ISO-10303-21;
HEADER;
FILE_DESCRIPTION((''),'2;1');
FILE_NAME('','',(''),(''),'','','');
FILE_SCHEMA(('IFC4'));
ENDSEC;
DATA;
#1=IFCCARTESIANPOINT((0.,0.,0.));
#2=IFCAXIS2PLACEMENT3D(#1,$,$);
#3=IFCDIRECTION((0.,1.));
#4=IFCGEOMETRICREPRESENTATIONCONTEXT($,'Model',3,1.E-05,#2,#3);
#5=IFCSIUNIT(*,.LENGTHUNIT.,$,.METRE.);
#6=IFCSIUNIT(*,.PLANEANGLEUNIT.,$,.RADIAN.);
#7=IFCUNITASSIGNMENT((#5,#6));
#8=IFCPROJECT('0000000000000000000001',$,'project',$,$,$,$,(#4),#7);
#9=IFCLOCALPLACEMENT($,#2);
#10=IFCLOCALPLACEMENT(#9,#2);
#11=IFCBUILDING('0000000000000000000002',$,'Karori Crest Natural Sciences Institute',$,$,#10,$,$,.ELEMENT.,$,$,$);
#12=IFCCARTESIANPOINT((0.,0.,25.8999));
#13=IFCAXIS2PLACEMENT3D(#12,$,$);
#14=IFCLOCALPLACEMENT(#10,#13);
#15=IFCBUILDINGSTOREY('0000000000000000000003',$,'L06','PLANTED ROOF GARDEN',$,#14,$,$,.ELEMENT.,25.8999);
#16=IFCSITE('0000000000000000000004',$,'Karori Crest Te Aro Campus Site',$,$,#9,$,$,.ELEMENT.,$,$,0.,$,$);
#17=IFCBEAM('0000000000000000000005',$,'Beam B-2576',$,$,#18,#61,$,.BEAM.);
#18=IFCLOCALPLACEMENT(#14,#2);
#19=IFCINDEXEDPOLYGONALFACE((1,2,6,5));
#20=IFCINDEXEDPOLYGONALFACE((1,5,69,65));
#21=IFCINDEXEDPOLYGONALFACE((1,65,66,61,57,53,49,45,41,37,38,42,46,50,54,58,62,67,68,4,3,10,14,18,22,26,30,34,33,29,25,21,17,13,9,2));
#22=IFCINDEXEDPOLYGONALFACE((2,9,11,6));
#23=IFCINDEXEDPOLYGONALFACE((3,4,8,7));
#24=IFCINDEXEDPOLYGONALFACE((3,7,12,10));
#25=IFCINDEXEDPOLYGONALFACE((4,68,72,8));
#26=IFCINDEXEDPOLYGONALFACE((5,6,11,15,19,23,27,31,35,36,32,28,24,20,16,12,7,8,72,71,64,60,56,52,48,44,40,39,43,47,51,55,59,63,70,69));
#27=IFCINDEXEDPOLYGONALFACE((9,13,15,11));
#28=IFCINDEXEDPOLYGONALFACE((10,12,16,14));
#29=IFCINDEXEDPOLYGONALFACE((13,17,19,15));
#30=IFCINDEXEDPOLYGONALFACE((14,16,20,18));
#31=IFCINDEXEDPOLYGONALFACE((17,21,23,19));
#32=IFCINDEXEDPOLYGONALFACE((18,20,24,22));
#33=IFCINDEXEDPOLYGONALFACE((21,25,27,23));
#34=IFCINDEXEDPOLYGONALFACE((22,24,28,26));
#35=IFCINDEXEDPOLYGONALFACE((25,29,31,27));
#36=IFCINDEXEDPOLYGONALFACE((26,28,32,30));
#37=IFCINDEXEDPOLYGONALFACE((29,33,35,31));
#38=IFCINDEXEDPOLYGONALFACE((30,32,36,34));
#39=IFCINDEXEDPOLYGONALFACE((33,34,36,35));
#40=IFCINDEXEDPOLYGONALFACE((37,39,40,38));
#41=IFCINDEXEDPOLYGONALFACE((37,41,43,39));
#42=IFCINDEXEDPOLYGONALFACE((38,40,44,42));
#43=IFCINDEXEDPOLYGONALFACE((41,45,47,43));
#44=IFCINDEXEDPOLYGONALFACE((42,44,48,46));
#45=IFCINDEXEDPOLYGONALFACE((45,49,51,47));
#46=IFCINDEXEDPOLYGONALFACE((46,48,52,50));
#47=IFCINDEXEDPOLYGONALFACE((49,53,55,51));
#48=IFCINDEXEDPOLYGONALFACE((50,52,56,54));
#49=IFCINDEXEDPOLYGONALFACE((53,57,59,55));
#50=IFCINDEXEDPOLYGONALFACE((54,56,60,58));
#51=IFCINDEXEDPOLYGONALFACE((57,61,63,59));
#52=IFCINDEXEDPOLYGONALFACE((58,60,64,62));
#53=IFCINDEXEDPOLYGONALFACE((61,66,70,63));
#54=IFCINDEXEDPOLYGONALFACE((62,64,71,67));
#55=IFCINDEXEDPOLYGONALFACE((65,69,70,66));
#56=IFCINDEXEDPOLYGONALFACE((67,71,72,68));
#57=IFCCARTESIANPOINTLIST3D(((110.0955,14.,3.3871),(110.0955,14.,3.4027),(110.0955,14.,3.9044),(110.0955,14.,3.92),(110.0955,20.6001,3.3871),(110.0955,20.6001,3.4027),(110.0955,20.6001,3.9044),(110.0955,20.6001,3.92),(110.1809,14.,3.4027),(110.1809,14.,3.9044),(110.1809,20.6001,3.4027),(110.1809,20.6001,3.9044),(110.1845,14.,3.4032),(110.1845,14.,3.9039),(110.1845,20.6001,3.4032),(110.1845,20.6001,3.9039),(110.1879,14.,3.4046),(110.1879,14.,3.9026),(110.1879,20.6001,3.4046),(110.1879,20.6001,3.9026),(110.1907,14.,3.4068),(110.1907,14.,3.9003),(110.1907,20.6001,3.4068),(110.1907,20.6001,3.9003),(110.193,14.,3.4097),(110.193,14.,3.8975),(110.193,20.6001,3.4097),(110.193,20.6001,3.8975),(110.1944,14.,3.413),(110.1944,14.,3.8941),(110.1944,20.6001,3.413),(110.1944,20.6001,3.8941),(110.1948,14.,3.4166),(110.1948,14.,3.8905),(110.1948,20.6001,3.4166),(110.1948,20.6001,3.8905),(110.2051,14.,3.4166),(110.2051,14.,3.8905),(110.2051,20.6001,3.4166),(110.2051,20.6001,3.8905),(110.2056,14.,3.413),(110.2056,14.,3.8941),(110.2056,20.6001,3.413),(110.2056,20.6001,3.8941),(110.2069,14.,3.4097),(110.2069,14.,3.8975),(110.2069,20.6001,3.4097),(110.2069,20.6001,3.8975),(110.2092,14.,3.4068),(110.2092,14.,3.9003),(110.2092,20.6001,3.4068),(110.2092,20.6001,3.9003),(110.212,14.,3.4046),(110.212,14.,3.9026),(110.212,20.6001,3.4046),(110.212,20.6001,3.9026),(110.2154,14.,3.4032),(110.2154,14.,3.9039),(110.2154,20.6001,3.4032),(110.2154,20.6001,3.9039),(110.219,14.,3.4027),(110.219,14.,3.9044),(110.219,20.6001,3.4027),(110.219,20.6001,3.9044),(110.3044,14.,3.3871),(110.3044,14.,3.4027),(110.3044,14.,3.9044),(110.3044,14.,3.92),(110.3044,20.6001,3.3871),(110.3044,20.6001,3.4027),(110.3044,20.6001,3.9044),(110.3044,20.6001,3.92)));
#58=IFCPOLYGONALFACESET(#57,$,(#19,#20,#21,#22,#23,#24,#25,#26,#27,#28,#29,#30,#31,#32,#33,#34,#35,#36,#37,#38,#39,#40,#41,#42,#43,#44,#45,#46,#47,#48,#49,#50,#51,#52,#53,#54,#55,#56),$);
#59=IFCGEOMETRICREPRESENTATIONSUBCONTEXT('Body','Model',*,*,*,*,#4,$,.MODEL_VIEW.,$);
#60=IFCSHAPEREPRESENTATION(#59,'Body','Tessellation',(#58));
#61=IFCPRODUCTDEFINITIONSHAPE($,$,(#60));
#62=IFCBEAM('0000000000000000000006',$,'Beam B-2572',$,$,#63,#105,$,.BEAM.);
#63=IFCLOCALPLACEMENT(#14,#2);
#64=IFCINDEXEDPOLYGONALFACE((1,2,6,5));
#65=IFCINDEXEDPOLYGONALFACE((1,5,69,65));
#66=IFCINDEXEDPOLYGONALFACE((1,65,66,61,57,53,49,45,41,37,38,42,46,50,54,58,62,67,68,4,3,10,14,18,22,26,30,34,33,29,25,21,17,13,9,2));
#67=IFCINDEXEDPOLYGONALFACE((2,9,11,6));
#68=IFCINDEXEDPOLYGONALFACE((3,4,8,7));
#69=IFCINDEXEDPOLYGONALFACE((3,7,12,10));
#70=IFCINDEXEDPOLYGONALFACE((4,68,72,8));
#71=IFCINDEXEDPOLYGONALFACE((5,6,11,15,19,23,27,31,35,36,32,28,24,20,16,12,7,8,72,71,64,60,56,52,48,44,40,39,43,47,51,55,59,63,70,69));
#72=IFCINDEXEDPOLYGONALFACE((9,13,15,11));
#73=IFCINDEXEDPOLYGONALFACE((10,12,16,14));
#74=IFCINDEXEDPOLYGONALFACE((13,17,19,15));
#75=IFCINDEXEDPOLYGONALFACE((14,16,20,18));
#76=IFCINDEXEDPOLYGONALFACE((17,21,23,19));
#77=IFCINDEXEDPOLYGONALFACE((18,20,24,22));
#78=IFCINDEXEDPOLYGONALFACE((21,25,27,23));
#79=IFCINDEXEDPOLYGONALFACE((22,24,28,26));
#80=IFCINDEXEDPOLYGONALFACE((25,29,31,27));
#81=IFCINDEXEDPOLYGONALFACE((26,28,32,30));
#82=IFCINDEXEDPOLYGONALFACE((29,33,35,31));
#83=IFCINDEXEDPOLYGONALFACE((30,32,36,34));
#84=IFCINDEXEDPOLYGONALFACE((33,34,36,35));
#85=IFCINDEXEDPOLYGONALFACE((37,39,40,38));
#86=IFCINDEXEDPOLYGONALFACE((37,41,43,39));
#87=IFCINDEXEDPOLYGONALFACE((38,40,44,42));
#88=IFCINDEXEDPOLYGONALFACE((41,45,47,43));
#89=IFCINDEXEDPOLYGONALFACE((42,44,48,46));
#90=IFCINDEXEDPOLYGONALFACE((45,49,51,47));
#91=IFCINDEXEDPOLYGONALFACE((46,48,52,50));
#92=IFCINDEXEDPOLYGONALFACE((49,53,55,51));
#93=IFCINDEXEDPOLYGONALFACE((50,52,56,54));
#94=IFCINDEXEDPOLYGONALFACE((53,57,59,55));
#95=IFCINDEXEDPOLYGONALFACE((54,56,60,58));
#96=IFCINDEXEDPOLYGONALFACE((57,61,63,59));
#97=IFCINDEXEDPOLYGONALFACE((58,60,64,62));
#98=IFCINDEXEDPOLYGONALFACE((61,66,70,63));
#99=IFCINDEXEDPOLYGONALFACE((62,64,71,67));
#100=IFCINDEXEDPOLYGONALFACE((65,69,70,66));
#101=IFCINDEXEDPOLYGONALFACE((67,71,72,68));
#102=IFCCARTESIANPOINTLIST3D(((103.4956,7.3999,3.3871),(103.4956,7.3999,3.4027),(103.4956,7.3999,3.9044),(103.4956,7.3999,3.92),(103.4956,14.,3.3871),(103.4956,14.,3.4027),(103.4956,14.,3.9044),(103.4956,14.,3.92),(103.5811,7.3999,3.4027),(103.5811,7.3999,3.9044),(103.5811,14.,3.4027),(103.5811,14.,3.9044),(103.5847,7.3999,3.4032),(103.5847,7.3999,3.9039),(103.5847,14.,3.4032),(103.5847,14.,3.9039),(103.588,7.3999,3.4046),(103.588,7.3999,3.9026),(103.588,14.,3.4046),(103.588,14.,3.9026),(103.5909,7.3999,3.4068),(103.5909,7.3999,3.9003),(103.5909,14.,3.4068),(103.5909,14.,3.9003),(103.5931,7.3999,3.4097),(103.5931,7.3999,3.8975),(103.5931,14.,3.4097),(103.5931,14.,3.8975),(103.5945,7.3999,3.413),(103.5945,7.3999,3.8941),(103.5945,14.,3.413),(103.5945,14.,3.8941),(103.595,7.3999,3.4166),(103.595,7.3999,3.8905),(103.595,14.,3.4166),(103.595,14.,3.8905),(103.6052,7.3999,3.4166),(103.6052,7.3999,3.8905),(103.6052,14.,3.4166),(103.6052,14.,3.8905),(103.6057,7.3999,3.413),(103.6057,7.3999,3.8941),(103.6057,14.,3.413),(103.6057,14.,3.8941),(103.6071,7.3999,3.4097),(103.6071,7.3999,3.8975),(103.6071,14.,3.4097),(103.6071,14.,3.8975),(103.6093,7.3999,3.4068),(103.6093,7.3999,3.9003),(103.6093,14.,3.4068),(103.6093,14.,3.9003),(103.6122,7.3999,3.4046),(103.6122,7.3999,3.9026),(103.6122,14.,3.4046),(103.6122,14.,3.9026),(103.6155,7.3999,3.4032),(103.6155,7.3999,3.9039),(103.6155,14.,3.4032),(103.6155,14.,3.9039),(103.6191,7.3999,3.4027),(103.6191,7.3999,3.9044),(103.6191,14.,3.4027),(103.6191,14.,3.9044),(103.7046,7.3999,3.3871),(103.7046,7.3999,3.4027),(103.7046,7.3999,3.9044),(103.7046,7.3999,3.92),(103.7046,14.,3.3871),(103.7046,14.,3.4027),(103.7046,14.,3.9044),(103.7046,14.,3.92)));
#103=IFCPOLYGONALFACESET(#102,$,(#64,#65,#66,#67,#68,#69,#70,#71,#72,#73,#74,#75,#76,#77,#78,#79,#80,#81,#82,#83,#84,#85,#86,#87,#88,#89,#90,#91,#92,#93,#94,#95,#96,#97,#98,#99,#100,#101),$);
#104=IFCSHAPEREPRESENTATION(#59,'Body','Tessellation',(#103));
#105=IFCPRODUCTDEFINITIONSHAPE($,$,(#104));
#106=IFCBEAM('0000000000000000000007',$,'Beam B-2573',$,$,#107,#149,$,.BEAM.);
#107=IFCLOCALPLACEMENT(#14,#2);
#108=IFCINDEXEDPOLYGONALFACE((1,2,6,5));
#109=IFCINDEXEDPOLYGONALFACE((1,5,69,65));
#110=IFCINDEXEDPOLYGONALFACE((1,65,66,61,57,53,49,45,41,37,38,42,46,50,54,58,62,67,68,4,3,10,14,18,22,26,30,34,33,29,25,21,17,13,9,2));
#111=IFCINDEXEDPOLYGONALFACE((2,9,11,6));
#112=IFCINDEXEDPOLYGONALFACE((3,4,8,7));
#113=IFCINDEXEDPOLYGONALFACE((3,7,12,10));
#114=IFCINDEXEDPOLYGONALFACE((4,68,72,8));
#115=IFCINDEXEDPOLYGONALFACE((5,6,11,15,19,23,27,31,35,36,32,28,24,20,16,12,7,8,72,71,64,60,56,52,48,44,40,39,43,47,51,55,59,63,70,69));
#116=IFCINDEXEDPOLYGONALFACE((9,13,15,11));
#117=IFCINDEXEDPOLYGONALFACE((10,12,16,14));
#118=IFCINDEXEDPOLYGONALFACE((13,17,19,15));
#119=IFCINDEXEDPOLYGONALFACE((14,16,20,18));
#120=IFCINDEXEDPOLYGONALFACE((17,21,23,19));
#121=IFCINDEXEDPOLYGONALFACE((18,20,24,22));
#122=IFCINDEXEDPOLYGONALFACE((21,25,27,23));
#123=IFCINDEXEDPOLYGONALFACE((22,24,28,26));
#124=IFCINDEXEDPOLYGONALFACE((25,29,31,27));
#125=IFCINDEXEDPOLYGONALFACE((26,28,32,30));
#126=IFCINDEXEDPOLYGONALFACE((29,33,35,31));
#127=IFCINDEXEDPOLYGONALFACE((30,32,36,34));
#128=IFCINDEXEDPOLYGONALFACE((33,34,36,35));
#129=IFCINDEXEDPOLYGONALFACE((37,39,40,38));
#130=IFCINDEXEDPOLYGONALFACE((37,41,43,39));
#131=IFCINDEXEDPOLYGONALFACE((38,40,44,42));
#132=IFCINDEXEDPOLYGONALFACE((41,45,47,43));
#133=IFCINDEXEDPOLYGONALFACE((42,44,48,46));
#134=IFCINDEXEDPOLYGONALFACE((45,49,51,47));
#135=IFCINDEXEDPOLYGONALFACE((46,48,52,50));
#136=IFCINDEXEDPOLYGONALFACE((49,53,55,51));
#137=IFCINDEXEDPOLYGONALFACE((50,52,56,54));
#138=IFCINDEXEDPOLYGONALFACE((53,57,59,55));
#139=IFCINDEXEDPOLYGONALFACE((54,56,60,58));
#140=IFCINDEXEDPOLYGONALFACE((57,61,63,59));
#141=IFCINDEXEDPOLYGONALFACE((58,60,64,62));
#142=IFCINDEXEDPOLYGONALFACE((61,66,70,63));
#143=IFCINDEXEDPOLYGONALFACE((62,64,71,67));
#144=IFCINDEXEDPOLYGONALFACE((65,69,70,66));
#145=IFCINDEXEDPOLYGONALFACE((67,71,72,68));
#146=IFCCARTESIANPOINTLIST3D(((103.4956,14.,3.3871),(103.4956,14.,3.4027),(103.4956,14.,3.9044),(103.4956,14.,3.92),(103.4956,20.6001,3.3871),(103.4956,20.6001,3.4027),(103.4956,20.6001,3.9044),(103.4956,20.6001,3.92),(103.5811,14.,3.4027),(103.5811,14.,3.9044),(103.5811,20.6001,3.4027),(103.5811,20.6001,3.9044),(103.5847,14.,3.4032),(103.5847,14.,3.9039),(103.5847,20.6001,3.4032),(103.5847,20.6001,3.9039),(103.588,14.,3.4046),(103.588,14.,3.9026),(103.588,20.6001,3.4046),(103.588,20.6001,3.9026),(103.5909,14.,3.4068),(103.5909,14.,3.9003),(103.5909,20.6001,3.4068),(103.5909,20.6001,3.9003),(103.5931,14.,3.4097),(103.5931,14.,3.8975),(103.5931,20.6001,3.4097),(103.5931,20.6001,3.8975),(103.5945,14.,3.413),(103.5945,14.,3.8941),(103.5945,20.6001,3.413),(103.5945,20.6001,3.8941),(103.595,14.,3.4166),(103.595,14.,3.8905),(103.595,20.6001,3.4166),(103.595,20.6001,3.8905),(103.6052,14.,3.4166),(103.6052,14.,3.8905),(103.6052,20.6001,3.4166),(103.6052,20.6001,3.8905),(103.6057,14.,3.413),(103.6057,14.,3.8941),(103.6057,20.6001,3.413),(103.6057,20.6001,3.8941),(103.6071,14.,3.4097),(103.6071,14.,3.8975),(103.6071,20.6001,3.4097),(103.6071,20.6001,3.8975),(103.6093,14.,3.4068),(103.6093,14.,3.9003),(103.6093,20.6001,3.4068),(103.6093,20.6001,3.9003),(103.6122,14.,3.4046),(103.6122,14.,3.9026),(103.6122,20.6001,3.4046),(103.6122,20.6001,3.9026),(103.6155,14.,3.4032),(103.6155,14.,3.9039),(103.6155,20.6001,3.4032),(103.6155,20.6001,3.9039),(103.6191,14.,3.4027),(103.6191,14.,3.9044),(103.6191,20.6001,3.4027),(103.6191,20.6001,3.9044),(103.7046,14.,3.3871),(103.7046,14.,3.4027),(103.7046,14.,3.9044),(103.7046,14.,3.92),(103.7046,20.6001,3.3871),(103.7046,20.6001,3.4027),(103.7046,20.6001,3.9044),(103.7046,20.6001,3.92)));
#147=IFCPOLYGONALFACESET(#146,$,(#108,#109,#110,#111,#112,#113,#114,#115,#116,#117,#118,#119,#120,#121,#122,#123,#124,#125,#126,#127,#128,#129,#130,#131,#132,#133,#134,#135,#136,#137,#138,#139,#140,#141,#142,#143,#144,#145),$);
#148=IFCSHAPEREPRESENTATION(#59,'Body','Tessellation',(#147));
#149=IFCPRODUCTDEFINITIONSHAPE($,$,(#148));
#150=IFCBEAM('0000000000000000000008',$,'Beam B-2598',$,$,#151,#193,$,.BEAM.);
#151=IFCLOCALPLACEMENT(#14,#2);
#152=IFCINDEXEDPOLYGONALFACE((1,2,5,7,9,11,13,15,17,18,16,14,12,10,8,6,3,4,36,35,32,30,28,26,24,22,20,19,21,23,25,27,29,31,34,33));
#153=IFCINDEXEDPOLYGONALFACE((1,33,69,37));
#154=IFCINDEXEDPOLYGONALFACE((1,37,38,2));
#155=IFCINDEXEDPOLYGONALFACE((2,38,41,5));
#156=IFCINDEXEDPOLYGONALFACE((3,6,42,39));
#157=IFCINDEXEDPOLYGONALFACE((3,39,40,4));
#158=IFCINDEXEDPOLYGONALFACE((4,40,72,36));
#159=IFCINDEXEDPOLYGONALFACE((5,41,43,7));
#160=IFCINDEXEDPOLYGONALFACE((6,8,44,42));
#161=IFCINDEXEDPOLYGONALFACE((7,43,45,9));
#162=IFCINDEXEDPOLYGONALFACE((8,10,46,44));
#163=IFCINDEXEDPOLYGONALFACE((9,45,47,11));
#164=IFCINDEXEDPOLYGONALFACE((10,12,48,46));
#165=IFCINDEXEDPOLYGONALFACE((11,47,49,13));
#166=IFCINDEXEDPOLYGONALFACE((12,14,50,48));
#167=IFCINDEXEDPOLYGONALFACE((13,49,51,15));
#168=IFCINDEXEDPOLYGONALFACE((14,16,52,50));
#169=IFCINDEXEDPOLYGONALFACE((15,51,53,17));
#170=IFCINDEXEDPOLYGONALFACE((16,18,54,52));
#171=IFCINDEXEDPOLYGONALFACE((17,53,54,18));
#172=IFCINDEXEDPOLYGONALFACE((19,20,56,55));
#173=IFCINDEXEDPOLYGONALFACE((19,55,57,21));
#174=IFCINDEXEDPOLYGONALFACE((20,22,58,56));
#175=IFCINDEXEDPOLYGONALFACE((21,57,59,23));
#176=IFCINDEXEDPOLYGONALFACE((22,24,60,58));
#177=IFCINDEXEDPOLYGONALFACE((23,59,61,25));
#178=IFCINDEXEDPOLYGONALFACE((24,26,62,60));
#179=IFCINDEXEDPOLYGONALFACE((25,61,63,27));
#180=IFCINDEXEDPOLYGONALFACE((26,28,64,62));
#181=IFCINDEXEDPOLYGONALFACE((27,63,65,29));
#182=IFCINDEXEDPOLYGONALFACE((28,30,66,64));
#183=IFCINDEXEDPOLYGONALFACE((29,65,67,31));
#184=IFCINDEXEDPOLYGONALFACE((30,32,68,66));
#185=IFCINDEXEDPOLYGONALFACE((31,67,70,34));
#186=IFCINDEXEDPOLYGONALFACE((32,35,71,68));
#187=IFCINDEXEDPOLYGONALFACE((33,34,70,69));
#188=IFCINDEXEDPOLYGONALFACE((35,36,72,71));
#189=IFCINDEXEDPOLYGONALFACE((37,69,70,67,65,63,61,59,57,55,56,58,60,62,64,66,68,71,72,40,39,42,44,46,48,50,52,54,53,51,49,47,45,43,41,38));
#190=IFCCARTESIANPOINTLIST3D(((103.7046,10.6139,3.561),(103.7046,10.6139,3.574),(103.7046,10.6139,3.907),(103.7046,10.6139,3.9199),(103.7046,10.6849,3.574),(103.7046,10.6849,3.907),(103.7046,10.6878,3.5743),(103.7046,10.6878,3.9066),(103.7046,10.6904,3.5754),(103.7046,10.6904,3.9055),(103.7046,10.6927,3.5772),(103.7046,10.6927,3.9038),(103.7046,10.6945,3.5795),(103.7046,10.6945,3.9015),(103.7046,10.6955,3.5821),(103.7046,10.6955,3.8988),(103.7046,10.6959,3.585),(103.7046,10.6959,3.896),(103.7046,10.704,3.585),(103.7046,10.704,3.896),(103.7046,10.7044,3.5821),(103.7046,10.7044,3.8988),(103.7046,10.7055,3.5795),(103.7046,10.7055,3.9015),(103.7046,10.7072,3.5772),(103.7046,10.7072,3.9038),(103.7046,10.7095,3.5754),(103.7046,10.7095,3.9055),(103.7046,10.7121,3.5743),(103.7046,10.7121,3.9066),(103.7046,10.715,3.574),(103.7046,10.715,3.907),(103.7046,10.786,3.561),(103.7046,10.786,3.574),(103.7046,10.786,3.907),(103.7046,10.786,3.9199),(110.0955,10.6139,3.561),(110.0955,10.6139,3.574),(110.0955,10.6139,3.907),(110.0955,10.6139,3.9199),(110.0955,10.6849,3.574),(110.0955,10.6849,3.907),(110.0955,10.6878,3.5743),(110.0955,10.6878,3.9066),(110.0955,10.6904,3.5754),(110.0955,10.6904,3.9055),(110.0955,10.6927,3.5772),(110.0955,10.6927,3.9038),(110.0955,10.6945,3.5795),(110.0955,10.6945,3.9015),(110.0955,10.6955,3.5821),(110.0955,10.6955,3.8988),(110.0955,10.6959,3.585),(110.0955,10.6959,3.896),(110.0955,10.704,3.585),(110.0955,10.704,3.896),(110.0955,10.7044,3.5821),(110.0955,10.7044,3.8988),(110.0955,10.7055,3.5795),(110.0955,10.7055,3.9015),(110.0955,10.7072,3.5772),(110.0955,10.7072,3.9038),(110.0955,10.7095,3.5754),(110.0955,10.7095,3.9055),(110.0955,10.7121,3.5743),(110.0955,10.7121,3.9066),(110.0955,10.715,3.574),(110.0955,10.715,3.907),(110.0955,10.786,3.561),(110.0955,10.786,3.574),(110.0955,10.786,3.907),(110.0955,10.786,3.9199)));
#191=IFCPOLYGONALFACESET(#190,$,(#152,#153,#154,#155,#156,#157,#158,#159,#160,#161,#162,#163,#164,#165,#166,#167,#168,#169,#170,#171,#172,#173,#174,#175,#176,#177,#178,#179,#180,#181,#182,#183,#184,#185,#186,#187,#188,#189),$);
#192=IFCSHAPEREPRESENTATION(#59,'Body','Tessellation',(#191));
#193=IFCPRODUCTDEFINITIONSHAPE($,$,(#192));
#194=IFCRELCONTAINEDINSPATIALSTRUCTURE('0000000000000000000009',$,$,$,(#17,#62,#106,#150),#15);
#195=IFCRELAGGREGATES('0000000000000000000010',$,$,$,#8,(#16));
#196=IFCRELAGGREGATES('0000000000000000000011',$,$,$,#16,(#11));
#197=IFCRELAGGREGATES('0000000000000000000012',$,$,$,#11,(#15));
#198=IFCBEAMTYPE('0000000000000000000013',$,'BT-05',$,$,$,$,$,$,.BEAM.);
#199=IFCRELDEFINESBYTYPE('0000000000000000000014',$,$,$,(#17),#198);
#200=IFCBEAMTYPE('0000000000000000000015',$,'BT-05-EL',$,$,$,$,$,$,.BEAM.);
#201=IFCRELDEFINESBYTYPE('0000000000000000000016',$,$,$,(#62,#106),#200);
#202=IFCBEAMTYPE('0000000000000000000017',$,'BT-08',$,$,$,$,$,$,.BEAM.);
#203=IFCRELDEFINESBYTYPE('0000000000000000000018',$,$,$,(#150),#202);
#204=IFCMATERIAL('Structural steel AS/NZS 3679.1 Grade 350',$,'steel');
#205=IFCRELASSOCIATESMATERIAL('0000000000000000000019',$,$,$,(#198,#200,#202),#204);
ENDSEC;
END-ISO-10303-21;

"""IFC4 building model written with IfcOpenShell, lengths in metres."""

from ifc_helpers import new_model, si_unit, direction, frame, origin, origin_2d, place, context, subcontext, project, spatial, i_section, extrude, material, material_profile, profile_set, type_object, element, save


model = new_model("IFC4")

# Units and contexts
model_context = context("Model", 3, precision=1e-05, world=origin(), true_north=direction((0.0, 1.0)))
body_context = subcontext(model_context, "Body", "Model", "MODEL_VIEW")
ifc_project = project(units=[si_unit("LENGTHUNIT", "METRE"), si_unit("PLANEANGLEUNIT", "RADIAN")], contexts=[model_context])

# Site, building, storey
site_placement = place(None, origin())
site = spatial("IfcSite", under=ifc_project, at=site_placement, Name="Karori Crest Te Aro Campus Site", CompositionType="ELEMENT", RefElevation=0.0)
building_placement = place(site_placement, origin())
building = spatial("IfcBuilding", under=site, at=building_placement, Name="Karori Crest Natural Sciences Institute", CompositionType="ELEMENT")
storey_placement = place(building_placement, frame((0.0, 0.0, 25.8999)))
storey = spatial("IfcBuildingStorey", under=building, at=storey_placement, Name="L06", Description="PLANTED ROOF GARDEN", CompositionType="ELEMENT", Elevation=25.8999)

# Shared definitions
ifc_material_1 = material(Name="Structural steel AS/NZS 3679.1 Grade 350", Category="steel")

# Beams
ifc_material_profile_1 = material_profile(ifc_material_1, i_section(OverallWidth=0.209, OverallDepth=0.533, WebThickness=0.0103, FlangeThickness=0.0156, FilletRadius=0.0139, at=origin_2d()), Name="530UB92.4")
ifc_profile_set_1 = profile_set([ifc_material_profile_1], Name="Structural steel AS/NZS 3679.1 Grade 350")
beam_type_1 = type_object("IfcBeamType", Name="BT-05", PredefinedType="BEAM", material=ifc_profile_set_1)
for number, where, z_axis, x_axis, name in (
    (1, (110.2, 14.0, 3.6536), (0.0, 1.0, 0.0), (-1.0, 0.0, 0.0), "Beam B-2576"),
):
    element("IfcBeam", number, at=place(storey_placement, frame(where, z_axis=z_axis, x_axis=x_axis)), inside=storey, type_object=beam_type_1, Name=name, PredefinedType="BEAM", context=body_context, shape_type="SweptSolid", body=[
        extrude(i_section(OverallWidth=0.209, OverallDepth=0.533, WebThickness=0.0103, FlangeThickness=0.0156, FilletRadius=0.0139, at=origin_2d()), origin(), (0.0, 0.0, 1.0), 6.6001),
    ])
ifc_material_profile_2 = material_profile(ifc_material_1, i_section(OverallWidth=0.209, OverallDepth=0.533, WebThickness=0.0103, FlangeThickness=0.0156, FilletRadius=0.0139, at=origin_2d()), Name="530UB92.4")
ifc_profile_set_2 = profile_set([ifc_material_profile_2], Name="Structural steel AS/NZS 3679.1 Grade 350")
beam_type_2 = type_object("IfcBeamType", Name="BT-05-EL", PredefinedType="BEAM", material=ifc_profile_set_2)
for number, where, z_axis, x_axis, name in (
    (2, (103.6001, 7.3999, 3.6536), (0.0, 1.0, 0.0), (-1.0, 0.0, 0.0), "Beam B-2572"),
    (3, (103.6001, 14.0, 3.6536), (0.0, 1.0, 0.0), (-1.0, 0.0, 0.0), "Beam B-2573"),
):
    element("IfcBeam", number, at=place(storey_placement, frame(where, z_axis=z_axis, x_axis=x_axis)), inside=storey, type_object=beam_type_2, Name=name, PredefinedType="BEAM", context=body_context, shape_type="SweptSolid", body=[
        extrude(i_section(OverallWidth=0.209, OverallDepth=0.533, WebThickness=0.0103, FlangeThickness=0.0156, FilletRadius=0.0139, at=origin_2d()), origin(), (0.0, 0.0, 1.0), 6.6001),
    ])
ifc_material_profile_3 = material_profile(ifc_material_1, i_section(OverallWidth=0.1721, OverallDepth=0.3589, WebThickness=0.0081, FlangeThickness=0.0129, FilletRadius=0.011, at=origin_2d()), Name="360UB56.7")
ifc_profile_set_3 = profile_set([ifc_material_profile_3], Name="Structural steel AS/NZS 3679.1 Grade 350")
beam_type_3 = type_object("IfcBeamType", Name="BT-08", PredefinedType="BEAM", material=ifc_profile_set_3)
for number, where, z_axis, x_axis, name in (
    (4, (103.7046, 10.7, 3.7405), (1.0, 0.0, 0.0), (0.0, 1.0, 0.0), "Beam B-2598"),
):
    element("IfcBeam", number, at=place(storey_placement, frame(where, z_axis=z_axis, x_axis=x_axis)), inside=storey, type_object=beam_type_3, Name=name, PredefinedType="BEAM", context=body_context, shape_type="SweptSolid", body=[
        extrude(i_section(OverallWidth=0.1721, OverallDepth=0.3589, WebThickness=0.0081, FlangeThickness=0.0129, FilletRadius=0.011, at=origin_2d()), origin(), (0.0, 0.0, 1.0), 6.3909),
    ])

save(model, "model.ifc")
